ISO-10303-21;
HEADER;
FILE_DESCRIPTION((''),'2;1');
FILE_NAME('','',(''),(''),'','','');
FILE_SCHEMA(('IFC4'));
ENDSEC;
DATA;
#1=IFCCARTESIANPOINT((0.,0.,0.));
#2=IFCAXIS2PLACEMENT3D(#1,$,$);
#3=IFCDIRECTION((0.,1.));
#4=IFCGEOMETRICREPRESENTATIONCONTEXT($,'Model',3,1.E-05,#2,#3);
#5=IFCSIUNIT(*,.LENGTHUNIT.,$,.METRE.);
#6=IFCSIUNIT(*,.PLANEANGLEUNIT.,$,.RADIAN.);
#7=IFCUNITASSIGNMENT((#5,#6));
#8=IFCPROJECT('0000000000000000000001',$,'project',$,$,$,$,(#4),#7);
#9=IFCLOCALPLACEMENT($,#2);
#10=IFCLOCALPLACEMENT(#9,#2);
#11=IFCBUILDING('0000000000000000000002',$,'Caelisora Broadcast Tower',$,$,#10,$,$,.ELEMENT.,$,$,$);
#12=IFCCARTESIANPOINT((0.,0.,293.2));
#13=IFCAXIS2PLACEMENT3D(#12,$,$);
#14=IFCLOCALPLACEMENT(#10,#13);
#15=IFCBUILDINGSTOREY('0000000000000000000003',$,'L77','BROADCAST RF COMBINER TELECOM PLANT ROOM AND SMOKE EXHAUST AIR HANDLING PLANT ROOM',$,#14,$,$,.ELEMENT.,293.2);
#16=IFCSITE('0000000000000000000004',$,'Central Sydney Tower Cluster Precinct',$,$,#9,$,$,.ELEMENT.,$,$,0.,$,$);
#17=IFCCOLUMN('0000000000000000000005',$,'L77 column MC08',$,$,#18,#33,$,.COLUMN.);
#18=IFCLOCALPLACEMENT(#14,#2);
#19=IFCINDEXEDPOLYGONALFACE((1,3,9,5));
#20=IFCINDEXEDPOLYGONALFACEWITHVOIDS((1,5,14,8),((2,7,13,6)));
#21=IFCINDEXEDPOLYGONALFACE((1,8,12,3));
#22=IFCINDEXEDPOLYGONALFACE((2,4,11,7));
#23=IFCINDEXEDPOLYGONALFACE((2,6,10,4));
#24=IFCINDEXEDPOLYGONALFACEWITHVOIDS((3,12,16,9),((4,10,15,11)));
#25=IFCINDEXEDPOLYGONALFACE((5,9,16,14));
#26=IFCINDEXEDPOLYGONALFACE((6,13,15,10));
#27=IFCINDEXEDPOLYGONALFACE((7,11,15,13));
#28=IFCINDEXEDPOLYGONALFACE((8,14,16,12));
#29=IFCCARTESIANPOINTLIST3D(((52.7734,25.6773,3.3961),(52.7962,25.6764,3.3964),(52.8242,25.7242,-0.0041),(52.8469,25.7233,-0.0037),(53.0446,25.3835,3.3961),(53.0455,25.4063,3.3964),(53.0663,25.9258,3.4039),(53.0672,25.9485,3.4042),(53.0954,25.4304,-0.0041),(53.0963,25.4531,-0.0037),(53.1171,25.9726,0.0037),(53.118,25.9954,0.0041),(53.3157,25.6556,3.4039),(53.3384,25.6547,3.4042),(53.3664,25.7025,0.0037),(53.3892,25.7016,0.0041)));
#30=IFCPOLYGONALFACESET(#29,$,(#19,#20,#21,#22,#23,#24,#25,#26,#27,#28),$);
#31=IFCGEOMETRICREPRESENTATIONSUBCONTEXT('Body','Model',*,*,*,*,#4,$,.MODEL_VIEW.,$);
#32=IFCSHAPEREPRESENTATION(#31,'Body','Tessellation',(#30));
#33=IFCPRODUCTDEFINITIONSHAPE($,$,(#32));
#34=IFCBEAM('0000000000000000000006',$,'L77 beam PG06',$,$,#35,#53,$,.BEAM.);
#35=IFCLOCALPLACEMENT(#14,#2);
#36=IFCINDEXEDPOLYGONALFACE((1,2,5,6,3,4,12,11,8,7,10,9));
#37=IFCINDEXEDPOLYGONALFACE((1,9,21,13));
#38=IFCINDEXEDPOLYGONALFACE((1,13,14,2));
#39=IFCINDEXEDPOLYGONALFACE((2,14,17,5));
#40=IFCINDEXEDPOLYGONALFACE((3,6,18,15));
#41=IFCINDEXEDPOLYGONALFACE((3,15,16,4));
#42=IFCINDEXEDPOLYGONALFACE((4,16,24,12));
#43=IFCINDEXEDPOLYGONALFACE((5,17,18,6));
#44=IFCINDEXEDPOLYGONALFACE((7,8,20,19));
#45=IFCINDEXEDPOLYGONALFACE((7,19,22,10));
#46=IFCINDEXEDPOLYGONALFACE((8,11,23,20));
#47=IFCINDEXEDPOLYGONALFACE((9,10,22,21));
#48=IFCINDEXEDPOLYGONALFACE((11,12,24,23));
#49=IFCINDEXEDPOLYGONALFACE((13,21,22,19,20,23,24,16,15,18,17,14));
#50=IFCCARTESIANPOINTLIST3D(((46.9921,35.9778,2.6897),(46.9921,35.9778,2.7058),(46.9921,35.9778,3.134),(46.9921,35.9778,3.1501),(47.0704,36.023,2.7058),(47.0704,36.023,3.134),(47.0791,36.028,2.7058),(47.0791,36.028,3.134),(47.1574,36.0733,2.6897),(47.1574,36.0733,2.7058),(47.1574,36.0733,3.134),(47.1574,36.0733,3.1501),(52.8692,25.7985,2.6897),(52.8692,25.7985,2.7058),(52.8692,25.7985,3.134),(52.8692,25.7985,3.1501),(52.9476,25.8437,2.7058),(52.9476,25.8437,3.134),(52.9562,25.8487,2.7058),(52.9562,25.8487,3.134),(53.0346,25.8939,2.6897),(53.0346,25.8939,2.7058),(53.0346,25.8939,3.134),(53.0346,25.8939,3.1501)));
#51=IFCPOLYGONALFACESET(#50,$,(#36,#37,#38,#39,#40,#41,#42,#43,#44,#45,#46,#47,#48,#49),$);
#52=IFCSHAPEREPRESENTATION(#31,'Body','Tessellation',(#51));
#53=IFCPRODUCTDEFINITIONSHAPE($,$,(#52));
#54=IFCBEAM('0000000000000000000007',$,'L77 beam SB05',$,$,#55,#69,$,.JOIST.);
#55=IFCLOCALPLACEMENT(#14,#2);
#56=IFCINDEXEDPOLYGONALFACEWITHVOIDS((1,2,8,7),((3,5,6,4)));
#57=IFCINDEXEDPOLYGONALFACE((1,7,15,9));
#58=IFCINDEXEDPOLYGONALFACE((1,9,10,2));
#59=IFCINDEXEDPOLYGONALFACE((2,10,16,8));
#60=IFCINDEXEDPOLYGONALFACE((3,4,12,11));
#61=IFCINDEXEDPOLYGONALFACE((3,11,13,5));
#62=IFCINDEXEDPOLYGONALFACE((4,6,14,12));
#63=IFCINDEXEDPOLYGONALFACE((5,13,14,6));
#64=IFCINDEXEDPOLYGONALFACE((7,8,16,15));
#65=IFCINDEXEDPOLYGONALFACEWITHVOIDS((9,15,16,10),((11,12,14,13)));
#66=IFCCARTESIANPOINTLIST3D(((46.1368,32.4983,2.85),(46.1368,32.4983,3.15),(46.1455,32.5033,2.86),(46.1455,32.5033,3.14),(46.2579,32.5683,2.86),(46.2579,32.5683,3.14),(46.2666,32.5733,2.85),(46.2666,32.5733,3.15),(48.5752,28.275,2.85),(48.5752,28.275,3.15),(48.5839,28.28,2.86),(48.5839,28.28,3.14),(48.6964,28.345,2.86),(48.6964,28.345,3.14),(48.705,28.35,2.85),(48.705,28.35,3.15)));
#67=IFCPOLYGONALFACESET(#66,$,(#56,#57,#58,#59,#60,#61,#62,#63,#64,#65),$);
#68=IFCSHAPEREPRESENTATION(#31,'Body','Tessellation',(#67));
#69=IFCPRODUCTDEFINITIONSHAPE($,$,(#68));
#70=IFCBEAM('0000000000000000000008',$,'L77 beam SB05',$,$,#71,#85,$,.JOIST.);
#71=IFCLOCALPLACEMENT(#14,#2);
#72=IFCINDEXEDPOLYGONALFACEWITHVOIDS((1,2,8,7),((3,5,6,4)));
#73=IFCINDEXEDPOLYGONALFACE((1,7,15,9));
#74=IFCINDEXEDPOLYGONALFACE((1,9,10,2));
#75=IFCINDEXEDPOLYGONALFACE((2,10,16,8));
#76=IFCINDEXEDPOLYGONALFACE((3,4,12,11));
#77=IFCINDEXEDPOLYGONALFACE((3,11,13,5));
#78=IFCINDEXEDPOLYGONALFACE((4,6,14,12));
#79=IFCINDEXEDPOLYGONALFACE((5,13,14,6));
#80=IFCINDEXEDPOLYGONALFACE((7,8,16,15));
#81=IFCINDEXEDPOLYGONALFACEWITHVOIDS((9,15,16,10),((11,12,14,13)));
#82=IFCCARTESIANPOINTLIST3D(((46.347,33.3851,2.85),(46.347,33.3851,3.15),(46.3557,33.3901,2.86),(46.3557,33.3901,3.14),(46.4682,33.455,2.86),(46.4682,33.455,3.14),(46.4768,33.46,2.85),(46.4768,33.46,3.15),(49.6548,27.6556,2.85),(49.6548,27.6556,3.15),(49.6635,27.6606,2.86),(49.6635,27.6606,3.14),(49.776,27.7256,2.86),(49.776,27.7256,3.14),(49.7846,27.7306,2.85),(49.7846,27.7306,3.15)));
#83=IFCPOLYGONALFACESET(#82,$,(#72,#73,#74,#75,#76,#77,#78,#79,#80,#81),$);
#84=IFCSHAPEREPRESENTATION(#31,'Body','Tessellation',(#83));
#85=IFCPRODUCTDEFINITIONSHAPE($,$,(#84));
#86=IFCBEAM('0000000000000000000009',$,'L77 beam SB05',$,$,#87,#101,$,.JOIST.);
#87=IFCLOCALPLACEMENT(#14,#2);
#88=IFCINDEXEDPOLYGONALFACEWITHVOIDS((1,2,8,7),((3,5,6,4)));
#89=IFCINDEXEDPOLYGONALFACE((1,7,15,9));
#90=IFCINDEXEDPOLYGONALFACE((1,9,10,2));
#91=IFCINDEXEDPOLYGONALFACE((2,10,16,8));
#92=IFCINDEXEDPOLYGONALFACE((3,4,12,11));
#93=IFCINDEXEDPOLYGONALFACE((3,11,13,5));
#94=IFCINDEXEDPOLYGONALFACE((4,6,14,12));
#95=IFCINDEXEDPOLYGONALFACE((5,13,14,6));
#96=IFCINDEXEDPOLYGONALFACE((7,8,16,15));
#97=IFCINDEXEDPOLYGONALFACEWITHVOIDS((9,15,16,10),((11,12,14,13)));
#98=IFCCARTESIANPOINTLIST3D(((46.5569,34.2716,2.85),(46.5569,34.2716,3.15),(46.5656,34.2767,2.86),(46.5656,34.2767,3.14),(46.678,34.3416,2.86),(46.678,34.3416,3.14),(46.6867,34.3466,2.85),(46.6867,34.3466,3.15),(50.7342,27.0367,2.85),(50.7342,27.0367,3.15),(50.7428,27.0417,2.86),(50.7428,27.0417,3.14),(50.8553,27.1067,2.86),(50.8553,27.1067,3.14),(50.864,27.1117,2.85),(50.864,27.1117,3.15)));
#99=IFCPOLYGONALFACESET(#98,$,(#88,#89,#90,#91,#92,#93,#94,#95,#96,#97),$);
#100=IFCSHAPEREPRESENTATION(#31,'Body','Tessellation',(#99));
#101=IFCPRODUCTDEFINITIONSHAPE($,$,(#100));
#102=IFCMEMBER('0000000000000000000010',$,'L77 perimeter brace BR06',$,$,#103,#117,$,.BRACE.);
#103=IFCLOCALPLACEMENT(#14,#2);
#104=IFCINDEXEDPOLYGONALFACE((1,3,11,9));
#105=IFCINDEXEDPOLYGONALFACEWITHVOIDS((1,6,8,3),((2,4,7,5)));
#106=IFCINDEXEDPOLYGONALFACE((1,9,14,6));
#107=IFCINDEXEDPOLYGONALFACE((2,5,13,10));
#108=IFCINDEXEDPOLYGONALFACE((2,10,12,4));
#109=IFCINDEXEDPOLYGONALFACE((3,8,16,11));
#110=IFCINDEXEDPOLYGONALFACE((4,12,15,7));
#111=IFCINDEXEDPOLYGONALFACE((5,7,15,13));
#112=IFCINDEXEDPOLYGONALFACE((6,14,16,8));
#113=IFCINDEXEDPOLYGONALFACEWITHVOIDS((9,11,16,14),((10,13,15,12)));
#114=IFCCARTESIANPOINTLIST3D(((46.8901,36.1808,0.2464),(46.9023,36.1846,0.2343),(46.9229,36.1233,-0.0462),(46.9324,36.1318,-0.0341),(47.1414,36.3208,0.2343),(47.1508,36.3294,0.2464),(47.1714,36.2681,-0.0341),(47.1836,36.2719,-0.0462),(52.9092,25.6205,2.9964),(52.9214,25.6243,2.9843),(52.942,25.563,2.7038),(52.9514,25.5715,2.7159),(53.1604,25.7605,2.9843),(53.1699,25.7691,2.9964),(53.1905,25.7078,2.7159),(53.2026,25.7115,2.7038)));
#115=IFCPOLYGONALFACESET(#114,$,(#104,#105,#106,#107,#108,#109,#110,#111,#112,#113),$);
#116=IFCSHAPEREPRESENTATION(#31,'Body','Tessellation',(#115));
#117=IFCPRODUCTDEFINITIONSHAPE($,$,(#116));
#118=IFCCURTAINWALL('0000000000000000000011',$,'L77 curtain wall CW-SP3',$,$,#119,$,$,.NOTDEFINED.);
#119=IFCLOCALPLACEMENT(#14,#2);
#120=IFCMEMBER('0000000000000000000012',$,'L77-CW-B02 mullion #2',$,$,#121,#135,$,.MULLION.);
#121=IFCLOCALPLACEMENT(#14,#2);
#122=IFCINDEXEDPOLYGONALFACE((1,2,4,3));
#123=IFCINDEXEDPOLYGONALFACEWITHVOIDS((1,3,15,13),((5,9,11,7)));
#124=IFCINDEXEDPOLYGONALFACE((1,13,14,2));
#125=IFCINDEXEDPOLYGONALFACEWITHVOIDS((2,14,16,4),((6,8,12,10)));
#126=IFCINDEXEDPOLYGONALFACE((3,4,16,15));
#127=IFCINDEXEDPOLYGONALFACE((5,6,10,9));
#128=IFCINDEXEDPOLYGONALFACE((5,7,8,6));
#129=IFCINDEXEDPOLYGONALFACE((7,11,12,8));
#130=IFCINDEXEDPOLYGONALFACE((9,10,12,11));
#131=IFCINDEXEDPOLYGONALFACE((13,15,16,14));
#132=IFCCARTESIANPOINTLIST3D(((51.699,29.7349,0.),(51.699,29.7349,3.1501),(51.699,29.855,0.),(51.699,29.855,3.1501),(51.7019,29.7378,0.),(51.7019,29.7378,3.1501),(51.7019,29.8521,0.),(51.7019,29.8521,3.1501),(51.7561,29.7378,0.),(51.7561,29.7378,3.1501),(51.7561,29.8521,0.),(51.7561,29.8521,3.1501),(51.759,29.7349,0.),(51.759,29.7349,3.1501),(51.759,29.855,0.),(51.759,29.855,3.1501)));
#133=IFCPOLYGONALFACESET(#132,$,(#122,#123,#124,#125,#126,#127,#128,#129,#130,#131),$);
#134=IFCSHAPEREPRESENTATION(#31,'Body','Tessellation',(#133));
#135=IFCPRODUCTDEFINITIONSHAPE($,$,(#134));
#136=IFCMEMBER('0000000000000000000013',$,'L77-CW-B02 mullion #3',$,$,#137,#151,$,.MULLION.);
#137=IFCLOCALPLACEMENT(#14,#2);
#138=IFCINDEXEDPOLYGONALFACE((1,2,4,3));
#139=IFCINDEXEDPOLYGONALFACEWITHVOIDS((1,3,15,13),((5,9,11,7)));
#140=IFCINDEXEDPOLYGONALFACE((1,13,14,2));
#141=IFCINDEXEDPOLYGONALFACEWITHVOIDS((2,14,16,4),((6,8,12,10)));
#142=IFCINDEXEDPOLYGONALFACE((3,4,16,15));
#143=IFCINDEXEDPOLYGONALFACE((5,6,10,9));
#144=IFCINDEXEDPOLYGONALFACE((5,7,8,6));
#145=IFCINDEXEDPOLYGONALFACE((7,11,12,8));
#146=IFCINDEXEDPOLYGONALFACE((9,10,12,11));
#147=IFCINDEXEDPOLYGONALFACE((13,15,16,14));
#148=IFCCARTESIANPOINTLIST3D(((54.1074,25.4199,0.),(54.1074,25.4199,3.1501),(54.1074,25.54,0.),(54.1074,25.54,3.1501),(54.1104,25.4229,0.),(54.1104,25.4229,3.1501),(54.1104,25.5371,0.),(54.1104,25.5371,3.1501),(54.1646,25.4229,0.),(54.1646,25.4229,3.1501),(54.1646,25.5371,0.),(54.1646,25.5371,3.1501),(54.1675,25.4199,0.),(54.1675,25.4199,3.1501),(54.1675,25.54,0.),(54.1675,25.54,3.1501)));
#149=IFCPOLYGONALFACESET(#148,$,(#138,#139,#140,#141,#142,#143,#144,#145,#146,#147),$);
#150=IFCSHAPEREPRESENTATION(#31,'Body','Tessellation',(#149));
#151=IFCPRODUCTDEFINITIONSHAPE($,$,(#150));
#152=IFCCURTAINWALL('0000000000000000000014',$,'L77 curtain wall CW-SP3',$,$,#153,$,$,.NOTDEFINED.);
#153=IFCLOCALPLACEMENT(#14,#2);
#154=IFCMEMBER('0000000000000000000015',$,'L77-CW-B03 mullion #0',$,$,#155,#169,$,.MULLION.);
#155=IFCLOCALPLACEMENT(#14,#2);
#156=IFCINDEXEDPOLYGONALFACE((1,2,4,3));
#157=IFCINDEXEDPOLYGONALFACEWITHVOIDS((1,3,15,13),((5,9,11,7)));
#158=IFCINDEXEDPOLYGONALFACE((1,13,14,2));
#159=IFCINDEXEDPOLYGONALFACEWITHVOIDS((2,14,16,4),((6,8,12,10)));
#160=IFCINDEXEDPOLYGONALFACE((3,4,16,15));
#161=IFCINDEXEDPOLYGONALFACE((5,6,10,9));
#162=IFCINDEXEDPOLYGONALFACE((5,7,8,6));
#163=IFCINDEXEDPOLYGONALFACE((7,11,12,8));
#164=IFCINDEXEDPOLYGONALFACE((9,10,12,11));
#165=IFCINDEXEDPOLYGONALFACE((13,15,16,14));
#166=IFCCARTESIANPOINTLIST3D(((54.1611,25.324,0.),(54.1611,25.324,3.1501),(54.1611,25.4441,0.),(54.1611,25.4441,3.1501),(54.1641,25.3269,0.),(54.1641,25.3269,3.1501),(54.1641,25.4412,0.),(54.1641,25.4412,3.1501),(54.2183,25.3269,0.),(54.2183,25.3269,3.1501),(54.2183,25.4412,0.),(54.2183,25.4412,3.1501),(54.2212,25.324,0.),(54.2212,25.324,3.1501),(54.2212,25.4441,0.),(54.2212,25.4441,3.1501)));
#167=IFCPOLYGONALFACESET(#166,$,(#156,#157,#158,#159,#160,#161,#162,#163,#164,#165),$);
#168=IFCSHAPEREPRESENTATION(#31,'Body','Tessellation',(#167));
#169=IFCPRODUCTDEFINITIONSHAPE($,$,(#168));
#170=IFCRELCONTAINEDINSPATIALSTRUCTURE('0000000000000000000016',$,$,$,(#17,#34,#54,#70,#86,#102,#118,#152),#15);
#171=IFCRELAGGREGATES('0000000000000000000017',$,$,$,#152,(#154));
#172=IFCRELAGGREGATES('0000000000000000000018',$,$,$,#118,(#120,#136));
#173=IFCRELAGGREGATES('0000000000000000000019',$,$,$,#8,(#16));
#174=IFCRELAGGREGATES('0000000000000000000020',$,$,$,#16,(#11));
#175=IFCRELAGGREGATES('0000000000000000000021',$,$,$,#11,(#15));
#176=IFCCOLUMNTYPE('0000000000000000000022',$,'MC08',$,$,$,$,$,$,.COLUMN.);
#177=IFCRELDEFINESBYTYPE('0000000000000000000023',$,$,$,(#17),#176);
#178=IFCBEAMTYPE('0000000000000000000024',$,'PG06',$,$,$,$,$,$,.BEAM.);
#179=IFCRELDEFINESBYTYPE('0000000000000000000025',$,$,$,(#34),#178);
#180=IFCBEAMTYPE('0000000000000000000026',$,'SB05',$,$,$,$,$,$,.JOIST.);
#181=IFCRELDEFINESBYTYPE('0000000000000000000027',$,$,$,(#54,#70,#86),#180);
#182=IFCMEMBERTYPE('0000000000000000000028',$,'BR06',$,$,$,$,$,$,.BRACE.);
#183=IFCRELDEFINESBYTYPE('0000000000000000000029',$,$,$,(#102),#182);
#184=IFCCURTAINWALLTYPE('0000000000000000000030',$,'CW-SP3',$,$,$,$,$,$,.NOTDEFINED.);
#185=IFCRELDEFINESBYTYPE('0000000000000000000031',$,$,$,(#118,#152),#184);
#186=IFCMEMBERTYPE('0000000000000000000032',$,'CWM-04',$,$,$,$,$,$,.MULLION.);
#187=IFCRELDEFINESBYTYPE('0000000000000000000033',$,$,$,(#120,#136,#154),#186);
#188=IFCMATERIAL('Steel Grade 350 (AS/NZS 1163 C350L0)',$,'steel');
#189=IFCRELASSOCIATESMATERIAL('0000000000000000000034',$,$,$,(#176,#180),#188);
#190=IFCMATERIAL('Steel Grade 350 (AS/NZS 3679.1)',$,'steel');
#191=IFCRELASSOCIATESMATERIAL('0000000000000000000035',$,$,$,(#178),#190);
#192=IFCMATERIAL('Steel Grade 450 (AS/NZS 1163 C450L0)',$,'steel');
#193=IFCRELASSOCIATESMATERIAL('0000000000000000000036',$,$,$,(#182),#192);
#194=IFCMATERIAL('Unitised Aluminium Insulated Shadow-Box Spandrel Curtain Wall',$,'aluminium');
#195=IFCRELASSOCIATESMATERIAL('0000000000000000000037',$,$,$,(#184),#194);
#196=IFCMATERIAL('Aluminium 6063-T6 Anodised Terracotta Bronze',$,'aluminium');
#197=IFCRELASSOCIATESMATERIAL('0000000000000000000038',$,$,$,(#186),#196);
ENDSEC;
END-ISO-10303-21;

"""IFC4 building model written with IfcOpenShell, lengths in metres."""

from ifc_helpers import new_model, si_unit, direction, frame, origin, origin_2d, place, context, subcontext, project, spatial, hollow_rectangle, i_section, extrude, source, transform, mapped, material, material_profile, profile_set, type_object, type_shapes, element, aggregate, save


model = new_model("IFC4")

# Units and contexts
model_context = context("Model", 3, precision=1e-05, world=origin(), true_north=direction((0.0, 1.0)))
body_context = subcontext(model_context, "Body", "Model", "MODEL_VIEW")
ifc_project = project(units=[si_unit("LENGTHUNIT", "METRE"), si_unit("PLANEANGLEUNIT", "RADIAN")], contexts=[model_context])

# Site, building, storey
site_placement = place(None, origin())
site = spatial("IfcSite", under=ifc_project, at=site_placement, Name="Central Sydney Tower Cluster Precinct", CompositionType="ELEMENT", RefElevation=0.0)
building_placement = place(site_placement, origin())
building = spatial("IfcBuilding", under=site, at=building_placement, Name="Caelisora Broadcast Tower", CompositionType="ELEMENT")
storey_placement = place(building_placement, frame((0.0, 0.0, 293.2)))
storey = spatial("IfcBuildingStorey", under=building, at=storey_placement, Name="L77", Description="BROADCAST RF COMBINER TELECOM PLANT ROOM AND SMOKE EXHAUST AIR HANDLING PLANT ROOM", CompositionType="ELEMENT", Elevation=293.2)

# Column
ifc_material_1 = material(Name="Steel Grade 350 (AS/NZS 1163 C350L0)", Category="steel")
ifc_material_profile_1 = material_profile(ifc_material_1, hollow_rectangle(XDim=0.3999, YDim=0.3999, WallThickness=0.0161, at=origin_2d()), Name="Steel Grade 350 (AS/NZS 1163 C350L0)")
ifc_profile_set_1 = profile_set([ifc_material_profile_1], Name="Steel Grade 350 (AS/NZS 1163 C350L0)")
column_type = type_object("IfcColumnType", Name="MC08", PredefinedType="COLUMN", material=ifc_profile_set_1)
shared_shape_1 = source(origin(), body_context, "Body", "SweptSolid", [
    extrude(hollow_rectangle(XDim=0.3999, YDim=0.3999, WallThickness=0.0161, at=origin_2d()), origin(), (0.0, 0.0, 1.0), 3.4009),
])
type_shapes(column_type, [shared_shape_1])
column_placement = place(storey_placement, frame((53.1067, 25.7129, 0.0), z_axis=(-0.014932, -0.013783, 0.999794), x_axis=(0.67828, -0.734803, 0.0)))
element("IfcColumn", 1, at=column_placement, inside=storey, type_object=column_type, Name="L77 column MC08", PredefinedType="COLUMN", context=body_context, shape_type="MappedRepresentation", body=[
    mapped(shared_shape_1, transform((0.0, 0.0, 0.0), scale=1.0)),
])

# Beams
ifc_material_2 = material(Name="Steel Grade 350 (AS/NZS 3679.1)", Category="steel")
ifc_material_profile_2 = material_profile(ifc_material_2, i_section(OverallWidth=0.1909, OverallDepth=0.4604, WebThickness=0.01, FlangeThickness=0.0161, at=origin_2d()), Name="Steel Grade 350 (AS/NZS 3679.1)")
ifc_profile_set_2 = profile_set([ifc_material_profile_2], Name="Steel Grade 350 (AS/NZS 3679.1)")
beam_type_1 = type_object("IfcBeamType", Name="PG06", PredefinedType="BEAM", material=ifc_profile_set_2)
shared_shape_2 = source(origin(), body_context, "Body", "SweptSolid", [
    extrude(i_section(OverallWidth=0.1909, OverallDepth=0.4604, WebThickness=0.01, FlangeThickness=0.0161, at=origin_2d()), origin(), (0.0, 0.0, 1.0), 11.7542),
])
type_shapes(beam_type_1, [shared_shape_2])
beam_1_placement = place(storey_placement, frame((52.9519, 25.8462, 2.9199), z_axis=(-0.500006, 0.866022, 0.0), x_axis=(-0.866022, -0.500006, 0.0)))
element("IfcBeam", 2, at=beam_1_placement, inside=storey, type_object=beam_type_1, Name="L77 beam PG06", PredefinedType="BEAM", context=body_context, shape_type="MappedRepresentation", body=[
    mapped(shared_shape_2, transform((0.0, 0.0, 0.0), scale=1.0)),
])
ifc_material_profile_3 = material_profile(ifc_material_1, hollow_rectangle(XDim=0.1499, YDim=0.3, WallThickness=0.01, at=origin_2d()), Name="Steel Grade 350 (AS/NZS 1163 C350L0)")
ifc_profile_set_3 = profile_set([ifc_material_profile_3], Name="Steel Grade 350 (AS/NZS 1163 C350L0)")
beam_type_2 = type_object("IfcBeamType", Name="SB05", PredefinedType="JOIST", material=ifc_profile_set_3)
shared_shape_3 = source(origin(), body_context, "Body", "SweptSolid", [
    extrude(hollow_rectangle(XDim=0.1499, YDim=0.3, WallThickness=0.01, at=origin_2d()), origin(), (0.0, 0.0, 1.0), 4.8767),
])
beam_2_placement = place(storey_placement, frame((48.6401, 28.3125, 3.0), z_axis=(-0.500016, 0.866016, 0.0), x_axis=(-0.866016, -0.500016, 0.0)))
element("IfcBeam", 3, at=beam_2_placement, inside=storey, type_object=beam_type_2, Name="L77 beam SB05", PredefinedType="JOIST", context=body_context, shape_type="MappedRepresentation", body=[
    mapped(shared_shape_3, transform((0.0, 0.0, 0.0), scale=1.0)),
])
shared_shape_4 = source(origin(), body_context, "Body", "SweptSolid", [
    extrude(hollow_rectangle(XDim=0.1499, YDim=0.3, WallThickness=0.01, at=origin_2d()), origin(), (0.0, 0.0, 1.0), 6.6157),
])
beam_3_placement = place(storey_placement, frame((49.7197, 27.6931, 3.0), z_axis=(-0.499993, 0.866029, 0.0), x_axis=(-0.866029, -0.499993, 0.0)))
element("IfcBeam", 4, at=beam_3_placement, inside=storey, type_object=beam_type_2, Name="L77 beam SB05", PredefinedType="JOIST", context=body_context, shape_type="MappedRepresentation", body=[
    mapped(shared_shape_4, transform((0.0, 0.0, 0.0), scale=1.0)),
])
shared_shape_5 = source(origin(), body_context, "Body", "SweptSolid", [
    extrude(hollow_rectangle(XDim=0.1499, YDim=0.3, WallThickness=0.01, at=origin_2d()), origin(), (0.0, 0.0, 1.0), 8.3542),
])
type_shapes(beam_type_2, [shared_shape_3, shared_shape_4, shared_shape_5])
beam_4_placement = place(storey_placement, frame((50.7991, 27.0742, 3.0), z_axis=(-0.500018, 0.866015, 0.0), x_axis=(-0.866015, -0.500018, 0.0)))
element("IfcBeam", 5, at=beam_4_placement, inside=storey, type_object=beam_type_2, Name="L77 beam SB05", PredefinedType="JOIST", context=body_context, shape_type="MappedRepresentation", body=[
    mapped(shared_shape_5, transform((0.0, 0.0, 0.0), scale=1.0)),
])

# Member
ifc_material_3 = material(Name="Steel Grade 450 (AS/NZS 1163 C450L0)", Category="steel")
ifc_material_profile_4 = material_profile(ifc_material_3, hollow_rectangle(XDim=0.3, YDim=0.3, WallThickness=0.0125, at=origin_2d()), Name="Steel Grade 450 (AS/NZS 1163 C450L0)")
ifc_profile_set_4 = profile_set([ifc_material_profile_4], Name="Steel Grade 450 (AS/NZS 1163 C450L0)")
member_type_1 = type_object("IfcMemberType", Name="BR06", PredefinedType="BRACE", material=ifc_profile_set_4)
shared_shape_6 = source(origin(), body_context, "Body", "SweptSolid", [
    extrude(hollow_rectangle(XDim=0.3, YDim=0.3, WallThickness=0.0125, at=origin_2d()), origin(), (0.0, 0.0, 1.0), 12.4624),
])
type_shapes(member_type_1, [shared_shape_6])
member_1_placement = place(storey_placement, frame((53.0559, 25.666, 2.8501), z_axis=(-0.482976, 0.847373, -0.220664), x_axis=(-0.868789, -0.495183, 0.0)))
element("IfcMember", 6, at=member_1_placement, inside=storey, type_object=member_type_1, Name="L77 perimeter brace BR06", PredefinedType="BRACE", context=body_context, shape_type="MappedRepresentation", body=[
    mapped(shared_shape_6, transform((0.0, 0.0, 0.0), scale=1.0)),
])

# Curtain walls, members
ifc_material_4 = material(Name="Unitised Aluminium Insulated Shadow-Box Spandrel Curtain Wall", Category="aluminium")
curtain_wall_type = type_object("IfcCurtainWallType", Name="CW-SP3", PredefinedType="NOTDEFINED", material=ifc_material_4)
curtain_wall_1_placement = place(storey_placement, origin())
curtain_wall_1 = element("IfcCurtainWall", 7, at=curtain_wall_1_placement, inside=storey, type_object=curtain_wall_type, Name="L77 curtain wall CW-SP3", PredefinedType="NOTDEFINED")
ifc_material_5 = material(Name="Aluminium 6063-T6 Anodised Terracotta Bronze", Category="aluminium")
ifc_material_profile_5 = material_profile(ifc_material_5, hollow_rectangle(XDim=0.0601, YDim=0.1201, WallThickness=0.0029, at=origin_2d()), Name="Aluminium 6063-T6 Anodised Terracotta Bronze")
ifc_profile_set_5 = profile_set([ifc_material_profile_5], Name="Aluminium 6063-T6 Anodised Terracotta Bronze")
member_type_2 = type_object("IfcMemberType", Name="CWM-04", PredefinedType="MULLION", material=ifc_profile_set_5)
shared_shape_7 = source(origin(), body_context, "Body", "SweptSolid", [
    extrude(hollow_rectangle(XDim=0.0601, YDim=0.1201, WallThickness=0.0029, at=origin_2d()), origin(), (0.0, 0.0, 1.0), 3.1501),
])
type_shapes(member_type_2, [shared_shape_7])
member_2_placement = place(storey_placement, frame((51.729, 29.7949, 0.0), z_axis=(0.0, 0.0, 1.0), x_axis=(1.0, 0.0, 0.0)))
member_2 = element("IfcMember", 8, at=member_2_placement, type_object=member_type_2, Name="L77-CW-B02 mullion #2", PredefinedType="MULLION", context=body_context, shape_type="MappedRepresentation", body=[
    mapped(shared_shape_7, transform((0.0, 0.0, 0.0), scale=1.0)),
])
member_3_placement = place(storey_placement, frame((54.1375, 25.48, 0.0), z_axis=(0.0, 0.0, 1.0), x_axis=(1.0, 0.0, 0.0)))
member_3 = element("IfcMember", 9, at=member_3_placement, type_object=member_type_2, Name="L77-CW-B02 mullion #3", PredefinedType="MULLION", context=body_context, shape_type="MappedRepresentation", body=[
    mapped(shared_shape_7, transform((0.0, 0.0, 0.0), scale=1.0)),
])
curtain_wall_2_placement = place(storey_placement, origin())
curtain_wall_2 = element("IfcCurtainWall", 10, at=curtain_wall_2_placement, inside=storey, type_object=curtain_wall_type, Name="L77 curtain wall CW-SP3", PredefinedType="NOTDEFINED")
member_4_placement = place(storey_placement, frame((54.1912, 25.384, 0.0), z_axis=(0.0, 0.0, 1.0), x_axis=(1.0, 0.0, 0.0)))
member_4 = element("IfcMember", 11, at=member_4_placement, type_object=member_type_2, Name="L77-CW-B03 mullion #0", PredefinedType="MULLION", context=body_context, shape_type="MappedRepresentation", body=[
    mapped(shared_shape_7, transform((0.0, 0.0, 0.0), scale=1.0)),
])

aggregate(curtain_wall_2, [member_4])
aggregate(curtain_wall_1, [member_2, member_3])

save(model, "model.ifc")
